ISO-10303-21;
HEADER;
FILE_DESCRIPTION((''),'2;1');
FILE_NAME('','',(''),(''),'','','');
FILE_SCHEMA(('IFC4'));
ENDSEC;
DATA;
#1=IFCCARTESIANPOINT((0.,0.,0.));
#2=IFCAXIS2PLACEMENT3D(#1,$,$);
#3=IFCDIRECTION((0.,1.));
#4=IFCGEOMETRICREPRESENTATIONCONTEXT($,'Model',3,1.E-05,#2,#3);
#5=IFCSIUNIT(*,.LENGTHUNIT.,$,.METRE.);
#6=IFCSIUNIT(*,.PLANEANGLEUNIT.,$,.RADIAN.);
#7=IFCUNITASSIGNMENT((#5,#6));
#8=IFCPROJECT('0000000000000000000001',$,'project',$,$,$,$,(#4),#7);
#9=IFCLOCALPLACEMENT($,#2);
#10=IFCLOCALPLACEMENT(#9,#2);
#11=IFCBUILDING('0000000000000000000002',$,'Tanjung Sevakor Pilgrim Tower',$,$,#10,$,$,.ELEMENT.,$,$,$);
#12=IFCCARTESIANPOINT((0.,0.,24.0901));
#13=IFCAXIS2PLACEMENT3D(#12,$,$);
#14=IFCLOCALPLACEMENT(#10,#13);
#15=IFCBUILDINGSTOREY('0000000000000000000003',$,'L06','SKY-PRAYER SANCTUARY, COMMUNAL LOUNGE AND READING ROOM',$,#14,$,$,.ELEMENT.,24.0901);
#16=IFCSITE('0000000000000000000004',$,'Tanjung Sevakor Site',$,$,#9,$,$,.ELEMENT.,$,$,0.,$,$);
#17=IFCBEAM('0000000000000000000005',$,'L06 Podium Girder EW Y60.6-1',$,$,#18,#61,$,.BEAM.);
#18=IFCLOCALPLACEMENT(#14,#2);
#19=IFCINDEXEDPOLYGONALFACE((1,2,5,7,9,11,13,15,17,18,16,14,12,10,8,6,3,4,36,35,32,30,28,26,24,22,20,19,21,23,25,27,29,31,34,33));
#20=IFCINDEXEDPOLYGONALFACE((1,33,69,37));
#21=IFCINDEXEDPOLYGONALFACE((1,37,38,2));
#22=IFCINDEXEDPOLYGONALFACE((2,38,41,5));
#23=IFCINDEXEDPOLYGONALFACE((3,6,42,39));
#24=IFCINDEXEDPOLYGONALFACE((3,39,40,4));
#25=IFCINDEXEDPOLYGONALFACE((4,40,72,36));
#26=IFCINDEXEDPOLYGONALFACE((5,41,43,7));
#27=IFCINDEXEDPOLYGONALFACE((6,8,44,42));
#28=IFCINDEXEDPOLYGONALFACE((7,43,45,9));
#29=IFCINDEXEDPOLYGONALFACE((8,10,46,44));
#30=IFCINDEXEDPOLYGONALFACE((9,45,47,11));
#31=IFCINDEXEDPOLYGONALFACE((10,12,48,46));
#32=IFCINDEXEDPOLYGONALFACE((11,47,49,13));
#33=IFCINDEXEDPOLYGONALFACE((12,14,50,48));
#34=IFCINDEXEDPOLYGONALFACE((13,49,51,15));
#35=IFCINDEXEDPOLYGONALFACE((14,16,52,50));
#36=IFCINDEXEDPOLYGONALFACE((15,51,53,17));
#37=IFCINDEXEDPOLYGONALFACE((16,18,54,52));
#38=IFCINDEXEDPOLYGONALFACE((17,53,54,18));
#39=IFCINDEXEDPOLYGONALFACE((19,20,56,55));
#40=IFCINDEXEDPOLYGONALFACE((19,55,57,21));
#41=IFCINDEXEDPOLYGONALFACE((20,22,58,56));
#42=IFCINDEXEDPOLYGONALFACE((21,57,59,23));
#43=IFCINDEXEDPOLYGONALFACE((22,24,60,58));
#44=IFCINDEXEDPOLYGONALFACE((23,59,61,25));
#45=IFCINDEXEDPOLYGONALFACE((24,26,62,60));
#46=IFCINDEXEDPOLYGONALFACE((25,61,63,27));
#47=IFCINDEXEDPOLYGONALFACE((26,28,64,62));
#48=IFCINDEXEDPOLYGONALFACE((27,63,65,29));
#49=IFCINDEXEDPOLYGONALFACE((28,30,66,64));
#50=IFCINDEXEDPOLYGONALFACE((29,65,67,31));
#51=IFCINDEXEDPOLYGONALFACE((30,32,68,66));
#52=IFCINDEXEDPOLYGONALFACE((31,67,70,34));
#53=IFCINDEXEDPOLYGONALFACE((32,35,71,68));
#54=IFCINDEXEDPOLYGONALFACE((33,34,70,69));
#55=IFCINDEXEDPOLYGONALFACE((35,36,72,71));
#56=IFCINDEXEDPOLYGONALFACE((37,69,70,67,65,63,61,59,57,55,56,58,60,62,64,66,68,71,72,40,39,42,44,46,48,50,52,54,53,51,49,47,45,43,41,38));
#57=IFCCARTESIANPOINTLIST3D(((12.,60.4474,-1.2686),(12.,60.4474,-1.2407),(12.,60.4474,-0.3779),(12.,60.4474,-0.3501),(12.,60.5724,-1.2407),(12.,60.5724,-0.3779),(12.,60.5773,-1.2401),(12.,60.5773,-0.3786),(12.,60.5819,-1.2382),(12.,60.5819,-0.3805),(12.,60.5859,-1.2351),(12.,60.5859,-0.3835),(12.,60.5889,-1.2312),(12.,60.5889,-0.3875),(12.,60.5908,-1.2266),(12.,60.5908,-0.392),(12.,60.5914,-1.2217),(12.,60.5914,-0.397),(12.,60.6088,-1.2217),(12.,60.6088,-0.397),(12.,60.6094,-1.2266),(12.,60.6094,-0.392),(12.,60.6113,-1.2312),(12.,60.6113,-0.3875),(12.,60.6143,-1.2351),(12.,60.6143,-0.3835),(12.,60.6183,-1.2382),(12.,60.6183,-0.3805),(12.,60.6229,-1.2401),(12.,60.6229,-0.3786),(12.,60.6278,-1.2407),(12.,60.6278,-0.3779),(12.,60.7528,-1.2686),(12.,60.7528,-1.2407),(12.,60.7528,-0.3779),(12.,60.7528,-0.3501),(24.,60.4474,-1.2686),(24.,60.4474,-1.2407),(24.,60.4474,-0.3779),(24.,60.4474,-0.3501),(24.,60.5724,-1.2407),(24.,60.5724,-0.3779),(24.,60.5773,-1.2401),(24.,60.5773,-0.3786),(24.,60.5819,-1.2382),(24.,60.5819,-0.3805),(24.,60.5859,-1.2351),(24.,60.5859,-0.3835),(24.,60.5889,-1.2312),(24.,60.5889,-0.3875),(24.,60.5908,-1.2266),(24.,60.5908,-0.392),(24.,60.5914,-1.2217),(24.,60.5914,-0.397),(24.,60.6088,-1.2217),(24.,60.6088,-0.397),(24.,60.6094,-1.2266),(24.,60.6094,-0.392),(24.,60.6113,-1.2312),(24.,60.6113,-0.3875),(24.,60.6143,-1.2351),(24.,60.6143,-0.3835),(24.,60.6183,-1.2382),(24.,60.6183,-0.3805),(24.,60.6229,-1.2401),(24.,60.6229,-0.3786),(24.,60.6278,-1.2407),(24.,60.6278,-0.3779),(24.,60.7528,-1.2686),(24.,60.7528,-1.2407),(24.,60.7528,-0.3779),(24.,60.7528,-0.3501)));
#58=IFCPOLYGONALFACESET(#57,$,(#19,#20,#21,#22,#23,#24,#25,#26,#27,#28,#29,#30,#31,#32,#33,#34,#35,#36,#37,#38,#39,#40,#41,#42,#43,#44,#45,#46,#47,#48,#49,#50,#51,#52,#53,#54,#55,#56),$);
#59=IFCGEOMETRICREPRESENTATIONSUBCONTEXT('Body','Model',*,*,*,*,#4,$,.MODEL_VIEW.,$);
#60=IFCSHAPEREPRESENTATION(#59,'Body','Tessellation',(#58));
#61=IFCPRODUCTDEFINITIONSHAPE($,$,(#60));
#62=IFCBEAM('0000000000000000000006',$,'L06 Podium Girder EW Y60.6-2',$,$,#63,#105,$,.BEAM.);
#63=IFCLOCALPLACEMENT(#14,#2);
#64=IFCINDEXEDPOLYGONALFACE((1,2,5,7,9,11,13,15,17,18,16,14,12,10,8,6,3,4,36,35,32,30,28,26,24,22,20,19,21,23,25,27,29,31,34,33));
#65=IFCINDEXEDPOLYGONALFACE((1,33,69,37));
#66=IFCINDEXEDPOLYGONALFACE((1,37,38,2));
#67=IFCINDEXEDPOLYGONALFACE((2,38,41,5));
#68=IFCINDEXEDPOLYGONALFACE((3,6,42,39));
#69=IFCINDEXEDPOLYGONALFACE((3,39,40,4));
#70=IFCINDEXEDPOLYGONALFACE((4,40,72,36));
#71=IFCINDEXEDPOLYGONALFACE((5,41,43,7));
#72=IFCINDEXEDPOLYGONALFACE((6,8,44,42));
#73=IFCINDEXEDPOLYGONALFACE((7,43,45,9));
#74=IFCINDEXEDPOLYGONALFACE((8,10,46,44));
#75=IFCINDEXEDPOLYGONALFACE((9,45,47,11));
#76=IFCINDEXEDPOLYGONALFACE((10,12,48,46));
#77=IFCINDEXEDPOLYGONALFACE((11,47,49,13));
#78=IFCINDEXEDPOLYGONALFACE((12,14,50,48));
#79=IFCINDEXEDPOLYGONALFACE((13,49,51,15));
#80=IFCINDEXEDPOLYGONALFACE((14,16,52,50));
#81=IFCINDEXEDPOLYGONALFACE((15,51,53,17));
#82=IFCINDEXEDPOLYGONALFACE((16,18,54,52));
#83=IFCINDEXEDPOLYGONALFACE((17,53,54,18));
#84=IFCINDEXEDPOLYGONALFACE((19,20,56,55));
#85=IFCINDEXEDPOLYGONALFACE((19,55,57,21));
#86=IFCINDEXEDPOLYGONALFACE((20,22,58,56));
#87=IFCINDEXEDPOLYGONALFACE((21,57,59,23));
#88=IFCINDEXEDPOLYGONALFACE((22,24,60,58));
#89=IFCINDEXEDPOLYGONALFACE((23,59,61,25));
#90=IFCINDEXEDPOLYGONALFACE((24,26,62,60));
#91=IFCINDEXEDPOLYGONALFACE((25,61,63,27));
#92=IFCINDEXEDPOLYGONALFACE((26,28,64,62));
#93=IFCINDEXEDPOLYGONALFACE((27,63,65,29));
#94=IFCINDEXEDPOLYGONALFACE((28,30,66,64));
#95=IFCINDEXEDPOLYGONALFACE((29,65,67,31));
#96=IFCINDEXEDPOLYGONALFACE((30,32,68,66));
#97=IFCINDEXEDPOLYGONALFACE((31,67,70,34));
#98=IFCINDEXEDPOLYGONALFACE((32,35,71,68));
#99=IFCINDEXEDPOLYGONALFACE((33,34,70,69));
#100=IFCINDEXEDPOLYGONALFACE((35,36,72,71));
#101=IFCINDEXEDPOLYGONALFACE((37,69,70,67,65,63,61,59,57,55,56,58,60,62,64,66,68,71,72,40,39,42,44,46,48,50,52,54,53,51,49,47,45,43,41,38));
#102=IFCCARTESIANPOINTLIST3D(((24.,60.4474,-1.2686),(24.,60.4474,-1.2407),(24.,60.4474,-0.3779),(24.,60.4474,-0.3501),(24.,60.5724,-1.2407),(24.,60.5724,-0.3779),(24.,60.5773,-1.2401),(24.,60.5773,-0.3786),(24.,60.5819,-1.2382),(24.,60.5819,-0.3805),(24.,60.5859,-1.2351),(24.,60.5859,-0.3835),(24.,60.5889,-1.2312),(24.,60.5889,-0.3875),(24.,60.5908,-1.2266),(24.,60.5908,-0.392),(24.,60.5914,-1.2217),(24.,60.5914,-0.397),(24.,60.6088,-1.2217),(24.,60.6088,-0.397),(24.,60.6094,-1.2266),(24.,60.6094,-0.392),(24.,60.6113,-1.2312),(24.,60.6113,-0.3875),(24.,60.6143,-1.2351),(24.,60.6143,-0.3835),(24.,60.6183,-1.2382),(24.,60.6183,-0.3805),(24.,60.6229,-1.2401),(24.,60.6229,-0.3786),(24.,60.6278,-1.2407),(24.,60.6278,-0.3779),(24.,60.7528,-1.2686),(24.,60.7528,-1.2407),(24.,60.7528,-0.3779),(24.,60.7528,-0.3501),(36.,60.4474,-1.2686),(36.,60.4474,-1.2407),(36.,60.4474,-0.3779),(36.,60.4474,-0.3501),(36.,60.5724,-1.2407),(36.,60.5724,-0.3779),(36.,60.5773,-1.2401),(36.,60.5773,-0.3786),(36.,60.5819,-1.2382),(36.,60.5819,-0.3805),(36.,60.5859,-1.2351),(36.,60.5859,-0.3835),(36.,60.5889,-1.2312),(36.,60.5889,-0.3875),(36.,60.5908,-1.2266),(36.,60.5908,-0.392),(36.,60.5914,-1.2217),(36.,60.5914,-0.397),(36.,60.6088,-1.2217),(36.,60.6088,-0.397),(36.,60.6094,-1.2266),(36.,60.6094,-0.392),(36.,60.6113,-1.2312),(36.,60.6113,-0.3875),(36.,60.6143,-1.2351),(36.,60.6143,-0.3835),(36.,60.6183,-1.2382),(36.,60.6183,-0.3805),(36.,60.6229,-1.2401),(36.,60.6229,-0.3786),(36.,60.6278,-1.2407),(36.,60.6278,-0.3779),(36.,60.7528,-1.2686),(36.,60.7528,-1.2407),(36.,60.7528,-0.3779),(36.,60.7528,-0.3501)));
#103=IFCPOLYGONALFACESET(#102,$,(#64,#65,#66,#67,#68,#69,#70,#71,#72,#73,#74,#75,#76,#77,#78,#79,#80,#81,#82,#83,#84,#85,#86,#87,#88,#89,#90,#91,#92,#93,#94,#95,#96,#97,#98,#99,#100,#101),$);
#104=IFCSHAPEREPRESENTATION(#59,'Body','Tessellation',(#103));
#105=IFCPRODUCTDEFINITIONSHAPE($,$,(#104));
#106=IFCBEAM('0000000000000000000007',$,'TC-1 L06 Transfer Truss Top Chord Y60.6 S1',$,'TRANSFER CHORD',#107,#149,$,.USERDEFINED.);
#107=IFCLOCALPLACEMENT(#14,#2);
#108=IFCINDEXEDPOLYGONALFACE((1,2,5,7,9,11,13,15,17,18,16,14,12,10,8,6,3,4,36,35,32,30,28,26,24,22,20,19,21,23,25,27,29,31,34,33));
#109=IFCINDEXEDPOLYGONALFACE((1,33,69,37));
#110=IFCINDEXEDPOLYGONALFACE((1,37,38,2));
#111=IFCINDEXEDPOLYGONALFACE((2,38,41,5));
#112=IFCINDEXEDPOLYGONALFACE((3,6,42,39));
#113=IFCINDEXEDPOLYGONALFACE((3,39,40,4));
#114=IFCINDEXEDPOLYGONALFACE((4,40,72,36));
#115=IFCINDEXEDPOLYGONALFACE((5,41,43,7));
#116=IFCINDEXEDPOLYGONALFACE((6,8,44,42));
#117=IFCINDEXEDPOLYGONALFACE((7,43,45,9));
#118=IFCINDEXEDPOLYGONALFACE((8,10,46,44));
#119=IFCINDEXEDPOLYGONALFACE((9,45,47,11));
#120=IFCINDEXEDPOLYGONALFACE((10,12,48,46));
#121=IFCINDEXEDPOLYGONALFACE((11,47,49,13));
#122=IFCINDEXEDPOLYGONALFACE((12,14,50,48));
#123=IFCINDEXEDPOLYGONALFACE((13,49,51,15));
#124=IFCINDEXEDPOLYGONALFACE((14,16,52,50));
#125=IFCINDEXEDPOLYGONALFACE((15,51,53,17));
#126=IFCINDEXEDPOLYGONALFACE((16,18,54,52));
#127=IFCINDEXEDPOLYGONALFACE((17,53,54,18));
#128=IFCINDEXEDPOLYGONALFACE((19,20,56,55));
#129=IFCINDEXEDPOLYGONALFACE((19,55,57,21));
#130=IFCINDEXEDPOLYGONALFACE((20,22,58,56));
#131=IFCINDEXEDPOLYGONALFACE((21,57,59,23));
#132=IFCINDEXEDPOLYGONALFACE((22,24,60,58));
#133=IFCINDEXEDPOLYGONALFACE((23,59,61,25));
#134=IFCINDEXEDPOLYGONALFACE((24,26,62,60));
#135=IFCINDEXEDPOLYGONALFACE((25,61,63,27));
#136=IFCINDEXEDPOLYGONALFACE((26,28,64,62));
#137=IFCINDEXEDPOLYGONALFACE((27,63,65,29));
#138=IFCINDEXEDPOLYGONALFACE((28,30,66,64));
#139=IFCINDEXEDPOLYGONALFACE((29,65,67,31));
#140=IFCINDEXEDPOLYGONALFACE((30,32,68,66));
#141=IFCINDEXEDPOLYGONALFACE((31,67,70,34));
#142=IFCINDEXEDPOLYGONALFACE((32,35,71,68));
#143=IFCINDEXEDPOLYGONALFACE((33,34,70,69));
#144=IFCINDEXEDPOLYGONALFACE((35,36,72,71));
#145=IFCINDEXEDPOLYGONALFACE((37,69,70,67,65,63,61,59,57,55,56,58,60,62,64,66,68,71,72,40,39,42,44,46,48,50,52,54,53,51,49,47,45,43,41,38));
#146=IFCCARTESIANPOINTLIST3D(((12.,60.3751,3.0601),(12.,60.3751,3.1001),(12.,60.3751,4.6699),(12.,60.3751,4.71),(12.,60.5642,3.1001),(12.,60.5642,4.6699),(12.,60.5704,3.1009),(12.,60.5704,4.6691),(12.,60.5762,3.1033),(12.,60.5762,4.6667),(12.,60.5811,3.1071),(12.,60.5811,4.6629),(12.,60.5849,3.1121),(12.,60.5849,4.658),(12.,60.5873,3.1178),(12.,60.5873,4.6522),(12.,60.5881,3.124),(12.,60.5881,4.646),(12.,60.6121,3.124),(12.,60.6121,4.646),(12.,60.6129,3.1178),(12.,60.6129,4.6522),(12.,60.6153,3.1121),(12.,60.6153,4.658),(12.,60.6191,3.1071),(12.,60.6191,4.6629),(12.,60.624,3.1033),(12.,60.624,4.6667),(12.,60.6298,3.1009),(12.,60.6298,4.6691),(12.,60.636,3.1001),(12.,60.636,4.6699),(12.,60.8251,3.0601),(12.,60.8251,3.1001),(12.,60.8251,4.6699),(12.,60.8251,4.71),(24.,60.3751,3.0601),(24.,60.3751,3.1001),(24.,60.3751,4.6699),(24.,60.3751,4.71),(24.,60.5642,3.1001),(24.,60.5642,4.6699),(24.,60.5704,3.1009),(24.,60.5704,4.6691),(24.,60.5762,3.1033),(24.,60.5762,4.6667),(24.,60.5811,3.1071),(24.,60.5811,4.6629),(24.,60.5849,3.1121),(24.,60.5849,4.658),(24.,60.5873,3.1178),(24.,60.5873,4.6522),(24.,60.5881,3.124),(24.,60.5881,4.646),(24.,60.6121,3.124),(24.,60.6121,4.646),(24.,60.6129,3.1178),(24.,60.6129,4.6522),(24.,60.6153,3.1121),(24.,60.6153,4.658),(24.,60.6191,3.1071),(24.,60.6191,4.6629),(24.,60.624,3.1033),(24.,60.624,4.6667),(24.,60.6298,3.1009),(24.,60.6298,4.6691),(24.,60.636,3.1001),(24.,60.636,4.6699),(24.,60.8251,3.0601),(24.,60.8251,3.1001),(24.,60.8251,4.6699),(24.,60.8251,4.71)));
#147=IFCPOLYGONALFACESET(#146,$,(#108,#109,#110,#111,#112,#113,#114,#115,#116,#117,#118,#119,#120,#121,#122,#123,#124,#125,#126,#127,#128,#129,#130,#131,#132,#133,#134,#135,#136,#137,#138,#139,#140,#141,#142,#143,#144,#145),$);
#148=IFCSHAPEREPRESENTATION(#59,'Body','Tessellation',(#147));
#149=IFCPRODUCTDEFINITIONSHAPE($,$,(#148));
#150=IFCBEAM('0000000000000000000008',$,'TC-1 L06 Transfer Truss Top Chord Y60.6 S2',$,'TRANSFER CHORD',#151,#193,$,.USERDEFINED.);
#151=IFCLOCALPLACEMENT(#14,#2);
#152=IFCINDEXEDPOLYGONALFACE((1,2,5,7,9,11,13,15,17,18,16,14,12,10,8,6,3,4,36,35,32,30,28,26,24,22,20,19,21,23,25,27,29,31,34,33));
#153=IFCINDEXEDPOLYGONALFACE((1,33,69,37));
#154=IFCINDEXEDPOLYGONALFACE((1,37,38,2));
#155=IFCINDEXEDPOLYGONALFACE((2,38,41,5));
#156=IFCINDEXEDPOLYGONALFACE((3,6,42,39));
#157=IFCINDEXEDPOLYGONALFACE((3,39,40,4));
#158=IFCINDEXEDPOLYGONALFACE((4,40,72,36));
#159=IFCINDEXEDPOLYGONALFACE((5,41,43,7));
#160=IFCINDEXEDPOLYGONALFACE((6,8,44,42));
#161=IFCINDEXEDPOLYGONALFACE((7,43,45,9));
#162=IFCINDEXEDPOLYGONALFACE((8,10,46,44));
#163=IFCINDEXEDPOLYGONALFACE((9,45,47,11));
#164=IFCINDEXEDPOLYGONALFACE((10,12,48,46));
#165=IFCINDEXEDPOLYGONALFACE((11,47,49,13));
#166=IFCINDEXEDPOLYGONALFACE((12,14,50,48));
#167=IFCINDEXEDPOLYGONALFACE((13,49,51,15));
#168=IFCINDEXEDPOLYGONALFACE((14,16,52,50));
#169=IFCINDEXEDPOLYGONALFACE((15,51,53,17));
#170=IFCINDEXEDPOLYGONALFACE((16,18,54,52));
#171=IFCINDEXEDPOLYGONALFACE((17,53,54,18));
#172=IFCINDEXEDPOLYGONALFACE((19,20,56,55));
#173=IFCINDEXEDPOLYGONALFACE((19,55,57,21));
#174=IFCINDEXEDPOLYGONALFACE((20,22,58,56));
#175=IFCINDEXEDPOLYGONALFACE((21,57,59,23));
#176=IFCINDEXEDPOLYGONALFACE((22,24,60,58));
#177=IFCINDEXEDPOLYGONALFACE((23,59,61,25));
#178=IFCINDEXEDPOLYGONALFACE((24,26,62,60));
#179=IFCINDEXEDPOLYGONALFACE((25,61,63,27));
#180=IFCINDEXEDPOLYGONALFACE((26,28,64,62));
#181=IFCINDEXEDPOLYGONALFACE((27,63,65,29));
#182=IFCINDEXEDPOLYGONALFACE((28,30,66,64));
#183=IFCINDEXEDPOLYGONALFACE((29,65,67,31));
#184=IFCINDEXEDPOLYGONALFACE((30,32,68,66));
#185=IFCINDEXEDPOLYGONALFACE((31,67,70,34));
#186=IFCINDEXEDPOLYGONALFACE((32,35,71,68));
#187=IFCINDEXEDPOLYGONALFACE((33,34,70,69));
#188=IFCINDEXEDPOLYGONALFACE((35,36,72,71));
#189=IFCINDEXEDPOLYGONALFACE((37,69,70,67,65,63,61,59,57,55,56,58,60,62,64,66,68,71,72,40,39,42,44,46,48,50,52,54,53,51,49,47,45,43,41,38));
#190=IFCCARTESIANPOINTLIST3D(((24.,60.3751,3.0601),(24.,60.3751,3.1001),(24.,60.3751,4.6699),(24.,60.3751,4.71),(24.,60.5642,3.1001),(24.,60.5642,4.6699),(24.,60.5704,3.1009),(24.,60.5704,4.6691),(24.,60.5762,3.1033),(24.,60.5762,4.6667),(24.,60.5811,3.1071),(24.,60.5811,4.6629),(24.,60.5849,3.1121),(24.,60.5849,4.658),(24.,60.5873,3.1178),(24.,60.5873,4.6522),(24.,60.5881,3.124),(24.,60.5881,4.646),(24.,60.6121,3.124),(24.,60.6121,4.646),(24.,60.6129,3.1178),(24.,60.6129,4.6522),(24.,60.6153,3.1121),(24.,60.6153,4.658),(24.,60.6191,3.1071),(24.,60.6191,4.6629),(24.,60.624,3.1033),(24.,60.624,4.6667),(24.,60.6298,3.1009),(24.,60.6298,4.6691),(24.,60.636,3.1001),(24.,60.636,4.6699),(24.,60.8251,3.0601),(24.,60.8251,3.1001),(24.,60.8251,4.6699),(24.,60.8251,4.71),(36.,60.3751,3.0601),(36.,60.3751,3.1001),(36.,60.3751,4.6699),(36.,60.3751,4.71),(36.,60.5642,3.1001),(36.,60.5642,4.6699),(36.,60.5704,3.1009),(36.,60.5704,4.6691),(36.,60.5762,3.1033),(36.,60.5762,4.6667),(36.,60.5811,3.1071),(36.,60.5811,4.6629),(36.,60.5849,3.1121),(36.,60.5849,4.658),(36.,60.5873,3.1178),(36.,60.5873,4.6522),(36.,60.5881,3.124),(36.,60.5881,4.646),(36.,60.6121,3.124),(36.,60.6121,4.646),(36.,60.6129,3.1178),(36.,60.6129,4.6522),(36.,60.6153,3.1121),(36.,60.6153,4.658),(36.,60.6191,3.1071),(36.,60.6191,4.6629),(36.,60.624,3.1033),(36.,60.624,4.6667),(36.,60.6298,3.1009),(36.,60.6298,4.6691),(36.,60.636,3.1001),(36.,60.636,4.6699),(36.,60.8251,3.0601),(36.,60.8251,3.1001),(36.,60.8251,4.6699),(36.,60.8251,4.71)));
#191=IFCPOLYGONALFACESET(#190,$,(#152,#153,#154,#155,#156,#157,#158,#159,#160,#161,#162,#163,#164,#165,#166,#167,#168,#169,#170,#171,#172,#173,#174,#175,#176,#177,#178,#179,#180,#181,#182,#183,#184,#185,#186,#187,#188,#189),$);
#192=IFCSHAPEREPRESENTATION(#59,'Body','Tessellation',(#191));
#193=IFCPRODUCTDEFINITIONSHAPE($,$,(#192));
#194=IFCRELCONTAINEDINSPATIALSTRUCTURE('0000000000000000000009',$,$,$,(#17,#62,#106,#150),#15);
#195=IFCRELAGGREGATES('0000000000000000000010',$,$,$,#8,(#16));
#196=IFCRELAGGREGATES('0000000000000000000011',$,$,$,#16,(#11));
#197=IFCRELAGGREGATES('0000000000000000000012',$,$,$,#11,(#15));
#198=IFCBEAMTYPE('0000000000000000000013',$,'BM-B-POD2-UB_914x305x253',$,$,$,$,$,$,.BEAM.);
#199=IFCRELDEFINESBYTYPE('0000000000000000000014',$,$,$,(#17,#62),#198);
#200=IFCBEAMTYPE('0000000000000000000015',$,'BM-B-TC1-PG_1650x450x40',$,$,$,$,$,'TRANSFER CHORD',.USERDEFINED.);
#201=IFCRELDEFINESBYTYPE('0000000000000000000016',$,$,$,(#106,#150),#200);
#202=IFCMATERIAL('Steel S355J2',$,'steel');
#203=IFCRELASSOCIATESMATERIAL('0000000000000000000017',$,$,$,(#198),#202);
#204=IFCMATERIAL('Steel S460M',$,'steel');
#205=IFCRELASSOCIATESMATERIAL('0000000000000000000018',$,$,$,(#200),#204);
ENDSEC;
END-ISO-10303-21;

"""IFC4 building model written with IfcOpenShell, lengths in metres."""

from ifc_helpers import new_model, si_unit, direction, frame, origin, origin_2d, place, context, subcontext, project, spatial, i_section, extrude, material, material_profile, profile_set, type_object, element, save


model = new_model("IFC4")

# Units and contexts
model_context = context("Model", 3, precision=1e-05, world=origin(), true_north=direction((0.0, 1.0)))
body_context = subcontext(model_context, "Body", "Model", "MODEL_VIEW")
ifc_project = project(units=[si_unit("LENGTHUNIT", "METRE"), si_unit("PLANEANGLEUNIT", "RADIAN")], contexts=[model_context])

# Site, building, storey
site_placement = place(None, origin())
site = spatial("IfcSite", under=ifc_project, at=site_placement, Name="Tanjung Sevakor Site", CompositionType="ELEMENT", RefElevation=0.0)
building_placement = place(site_placement, origin())
building = spatial("IfcBuilding", under=site, at=building_placement, Name="Tanjung Sevakor Pilgrim Tower", CompositionType="ELEMENT")
storey_placement = place(building_placement, frame((0.0, 0.0, 24.0901)))
storey = spatial("IfcBuildingStorey", under=building, at=storey_placement, Name="L06", Description="SKY-PRAYER SANCTUARY, COMMUNAL LOUNGE AND READING ROOM", CompositionType="ELEMENT", Elevation=24.0901)

# Beams
ifc_material_1 = material(Name="Steel S355J2", Category="steel")
ifc_material_profile_1 = material_profile(ifc_material_1, i_section(OverallWidth=0.3054, OverallDepth=0.9185, WebThickness=0.0173, FlangeThickness=0.0278, FilletRadius=0.019, at=origin_2d()))
ifc_profile_set_1 = profile_set([ifc_material_profile_1], Name="Steel S355J2")
beam_type_1 = type_object("IfcBeamType", Name="BM-B-POD2-UB_914x305x253", PredefinedType="BEAM", material=ifc_profile_set_1)
for number, where, z_axis, x_axis, name in (
    (1, (12.0, 60.6001, -0.8093), (1.0, 0.0, 0.0), (0.0, 1.0, 0.0), "L06 Podium Girder EW Y60.6-1"),
    (2, (24.0, 60.6001, -0.8093), (1.0, 0.0, 0.0), (0.0, 1.0, 0.0), "L06 Podium Girder EW Y60.6-2"),
):
    element("IfcBeam", number, at=place(storey_placement, frame(where, z_axis=z_axis, x_axis=x_axis)), inside=storey, type_object=beam_type_1, Name=name, PredefinedType="BEAM", context=body_context, shape_type="SweptSolid", body=[
        extrude(i_section(OverallWidth=0.3054, OverallDepth=0.9185, WebThickness=0.0173, FlangeThickness=0.0278, FilletRadius=0.019, at=origin_2d()), origin(), (0.0, 0.0, 1.0), 12.0),
    ])
ifc_material_2 = material(Name="Steel S460M", Category="steel")
ifc_material_profile_2 = material_profile(ifc_material_2, i_section(OverallWidth=0.45, OverallDepth=1.6499, WebThickness=0.0239, FlangeThickness=0.04, FilletRadius=0.0239, at=origin_2d()))
ifc_profile_set_2 = profile_set([ifc_material_profile_2], Name="Steel S460M")
beam_type_2 = type_object("IfcBeamType", Name="BM-B-TC1-PG_1650x450x40", ElementType="TRANSFER CHORD", PredefinedType="USERDEFINED", material=ifc_profile_set_2)
for number, where, z_axis, x_axis, name in (
    (3, (12.0, 60.6001, 3.885), (1.0, 0.0, 0.0), (0.0, 1.0, 0.0), "TC-1 L06 Transfer Truss Top Chord Y60.6 S1"),
    (4, (24.0, 60.6001, 3.885), (1.0, 0.0, 0.0), (0.0, 1.0, 0.0), "TC-1 L06 Transfer Truss Top Chord Y60.6 S2"),
):
    element("IfcBeam", number, at=place(storey_placement, frame(where, z_axis=z_axis, x_axis=x_axis)), inside=storey, type_object=beam_type_2, Name=name, ObjectType="TRANSFER CHORD", PredefinedType="USERDEFINED", context=body_context, shape_type="SweptSolid", body=[
        extrude(i_section(OverallWidth=0.45, OverallDepth=1.6499, WebThickness=0.0239, FlangeThickness=0.04, FilletRadius=0.0239, at=origin_2d()), origin(), (0.0, 0.0, 1.0), 12.0),
    ])

save(model, "model.ifc")
